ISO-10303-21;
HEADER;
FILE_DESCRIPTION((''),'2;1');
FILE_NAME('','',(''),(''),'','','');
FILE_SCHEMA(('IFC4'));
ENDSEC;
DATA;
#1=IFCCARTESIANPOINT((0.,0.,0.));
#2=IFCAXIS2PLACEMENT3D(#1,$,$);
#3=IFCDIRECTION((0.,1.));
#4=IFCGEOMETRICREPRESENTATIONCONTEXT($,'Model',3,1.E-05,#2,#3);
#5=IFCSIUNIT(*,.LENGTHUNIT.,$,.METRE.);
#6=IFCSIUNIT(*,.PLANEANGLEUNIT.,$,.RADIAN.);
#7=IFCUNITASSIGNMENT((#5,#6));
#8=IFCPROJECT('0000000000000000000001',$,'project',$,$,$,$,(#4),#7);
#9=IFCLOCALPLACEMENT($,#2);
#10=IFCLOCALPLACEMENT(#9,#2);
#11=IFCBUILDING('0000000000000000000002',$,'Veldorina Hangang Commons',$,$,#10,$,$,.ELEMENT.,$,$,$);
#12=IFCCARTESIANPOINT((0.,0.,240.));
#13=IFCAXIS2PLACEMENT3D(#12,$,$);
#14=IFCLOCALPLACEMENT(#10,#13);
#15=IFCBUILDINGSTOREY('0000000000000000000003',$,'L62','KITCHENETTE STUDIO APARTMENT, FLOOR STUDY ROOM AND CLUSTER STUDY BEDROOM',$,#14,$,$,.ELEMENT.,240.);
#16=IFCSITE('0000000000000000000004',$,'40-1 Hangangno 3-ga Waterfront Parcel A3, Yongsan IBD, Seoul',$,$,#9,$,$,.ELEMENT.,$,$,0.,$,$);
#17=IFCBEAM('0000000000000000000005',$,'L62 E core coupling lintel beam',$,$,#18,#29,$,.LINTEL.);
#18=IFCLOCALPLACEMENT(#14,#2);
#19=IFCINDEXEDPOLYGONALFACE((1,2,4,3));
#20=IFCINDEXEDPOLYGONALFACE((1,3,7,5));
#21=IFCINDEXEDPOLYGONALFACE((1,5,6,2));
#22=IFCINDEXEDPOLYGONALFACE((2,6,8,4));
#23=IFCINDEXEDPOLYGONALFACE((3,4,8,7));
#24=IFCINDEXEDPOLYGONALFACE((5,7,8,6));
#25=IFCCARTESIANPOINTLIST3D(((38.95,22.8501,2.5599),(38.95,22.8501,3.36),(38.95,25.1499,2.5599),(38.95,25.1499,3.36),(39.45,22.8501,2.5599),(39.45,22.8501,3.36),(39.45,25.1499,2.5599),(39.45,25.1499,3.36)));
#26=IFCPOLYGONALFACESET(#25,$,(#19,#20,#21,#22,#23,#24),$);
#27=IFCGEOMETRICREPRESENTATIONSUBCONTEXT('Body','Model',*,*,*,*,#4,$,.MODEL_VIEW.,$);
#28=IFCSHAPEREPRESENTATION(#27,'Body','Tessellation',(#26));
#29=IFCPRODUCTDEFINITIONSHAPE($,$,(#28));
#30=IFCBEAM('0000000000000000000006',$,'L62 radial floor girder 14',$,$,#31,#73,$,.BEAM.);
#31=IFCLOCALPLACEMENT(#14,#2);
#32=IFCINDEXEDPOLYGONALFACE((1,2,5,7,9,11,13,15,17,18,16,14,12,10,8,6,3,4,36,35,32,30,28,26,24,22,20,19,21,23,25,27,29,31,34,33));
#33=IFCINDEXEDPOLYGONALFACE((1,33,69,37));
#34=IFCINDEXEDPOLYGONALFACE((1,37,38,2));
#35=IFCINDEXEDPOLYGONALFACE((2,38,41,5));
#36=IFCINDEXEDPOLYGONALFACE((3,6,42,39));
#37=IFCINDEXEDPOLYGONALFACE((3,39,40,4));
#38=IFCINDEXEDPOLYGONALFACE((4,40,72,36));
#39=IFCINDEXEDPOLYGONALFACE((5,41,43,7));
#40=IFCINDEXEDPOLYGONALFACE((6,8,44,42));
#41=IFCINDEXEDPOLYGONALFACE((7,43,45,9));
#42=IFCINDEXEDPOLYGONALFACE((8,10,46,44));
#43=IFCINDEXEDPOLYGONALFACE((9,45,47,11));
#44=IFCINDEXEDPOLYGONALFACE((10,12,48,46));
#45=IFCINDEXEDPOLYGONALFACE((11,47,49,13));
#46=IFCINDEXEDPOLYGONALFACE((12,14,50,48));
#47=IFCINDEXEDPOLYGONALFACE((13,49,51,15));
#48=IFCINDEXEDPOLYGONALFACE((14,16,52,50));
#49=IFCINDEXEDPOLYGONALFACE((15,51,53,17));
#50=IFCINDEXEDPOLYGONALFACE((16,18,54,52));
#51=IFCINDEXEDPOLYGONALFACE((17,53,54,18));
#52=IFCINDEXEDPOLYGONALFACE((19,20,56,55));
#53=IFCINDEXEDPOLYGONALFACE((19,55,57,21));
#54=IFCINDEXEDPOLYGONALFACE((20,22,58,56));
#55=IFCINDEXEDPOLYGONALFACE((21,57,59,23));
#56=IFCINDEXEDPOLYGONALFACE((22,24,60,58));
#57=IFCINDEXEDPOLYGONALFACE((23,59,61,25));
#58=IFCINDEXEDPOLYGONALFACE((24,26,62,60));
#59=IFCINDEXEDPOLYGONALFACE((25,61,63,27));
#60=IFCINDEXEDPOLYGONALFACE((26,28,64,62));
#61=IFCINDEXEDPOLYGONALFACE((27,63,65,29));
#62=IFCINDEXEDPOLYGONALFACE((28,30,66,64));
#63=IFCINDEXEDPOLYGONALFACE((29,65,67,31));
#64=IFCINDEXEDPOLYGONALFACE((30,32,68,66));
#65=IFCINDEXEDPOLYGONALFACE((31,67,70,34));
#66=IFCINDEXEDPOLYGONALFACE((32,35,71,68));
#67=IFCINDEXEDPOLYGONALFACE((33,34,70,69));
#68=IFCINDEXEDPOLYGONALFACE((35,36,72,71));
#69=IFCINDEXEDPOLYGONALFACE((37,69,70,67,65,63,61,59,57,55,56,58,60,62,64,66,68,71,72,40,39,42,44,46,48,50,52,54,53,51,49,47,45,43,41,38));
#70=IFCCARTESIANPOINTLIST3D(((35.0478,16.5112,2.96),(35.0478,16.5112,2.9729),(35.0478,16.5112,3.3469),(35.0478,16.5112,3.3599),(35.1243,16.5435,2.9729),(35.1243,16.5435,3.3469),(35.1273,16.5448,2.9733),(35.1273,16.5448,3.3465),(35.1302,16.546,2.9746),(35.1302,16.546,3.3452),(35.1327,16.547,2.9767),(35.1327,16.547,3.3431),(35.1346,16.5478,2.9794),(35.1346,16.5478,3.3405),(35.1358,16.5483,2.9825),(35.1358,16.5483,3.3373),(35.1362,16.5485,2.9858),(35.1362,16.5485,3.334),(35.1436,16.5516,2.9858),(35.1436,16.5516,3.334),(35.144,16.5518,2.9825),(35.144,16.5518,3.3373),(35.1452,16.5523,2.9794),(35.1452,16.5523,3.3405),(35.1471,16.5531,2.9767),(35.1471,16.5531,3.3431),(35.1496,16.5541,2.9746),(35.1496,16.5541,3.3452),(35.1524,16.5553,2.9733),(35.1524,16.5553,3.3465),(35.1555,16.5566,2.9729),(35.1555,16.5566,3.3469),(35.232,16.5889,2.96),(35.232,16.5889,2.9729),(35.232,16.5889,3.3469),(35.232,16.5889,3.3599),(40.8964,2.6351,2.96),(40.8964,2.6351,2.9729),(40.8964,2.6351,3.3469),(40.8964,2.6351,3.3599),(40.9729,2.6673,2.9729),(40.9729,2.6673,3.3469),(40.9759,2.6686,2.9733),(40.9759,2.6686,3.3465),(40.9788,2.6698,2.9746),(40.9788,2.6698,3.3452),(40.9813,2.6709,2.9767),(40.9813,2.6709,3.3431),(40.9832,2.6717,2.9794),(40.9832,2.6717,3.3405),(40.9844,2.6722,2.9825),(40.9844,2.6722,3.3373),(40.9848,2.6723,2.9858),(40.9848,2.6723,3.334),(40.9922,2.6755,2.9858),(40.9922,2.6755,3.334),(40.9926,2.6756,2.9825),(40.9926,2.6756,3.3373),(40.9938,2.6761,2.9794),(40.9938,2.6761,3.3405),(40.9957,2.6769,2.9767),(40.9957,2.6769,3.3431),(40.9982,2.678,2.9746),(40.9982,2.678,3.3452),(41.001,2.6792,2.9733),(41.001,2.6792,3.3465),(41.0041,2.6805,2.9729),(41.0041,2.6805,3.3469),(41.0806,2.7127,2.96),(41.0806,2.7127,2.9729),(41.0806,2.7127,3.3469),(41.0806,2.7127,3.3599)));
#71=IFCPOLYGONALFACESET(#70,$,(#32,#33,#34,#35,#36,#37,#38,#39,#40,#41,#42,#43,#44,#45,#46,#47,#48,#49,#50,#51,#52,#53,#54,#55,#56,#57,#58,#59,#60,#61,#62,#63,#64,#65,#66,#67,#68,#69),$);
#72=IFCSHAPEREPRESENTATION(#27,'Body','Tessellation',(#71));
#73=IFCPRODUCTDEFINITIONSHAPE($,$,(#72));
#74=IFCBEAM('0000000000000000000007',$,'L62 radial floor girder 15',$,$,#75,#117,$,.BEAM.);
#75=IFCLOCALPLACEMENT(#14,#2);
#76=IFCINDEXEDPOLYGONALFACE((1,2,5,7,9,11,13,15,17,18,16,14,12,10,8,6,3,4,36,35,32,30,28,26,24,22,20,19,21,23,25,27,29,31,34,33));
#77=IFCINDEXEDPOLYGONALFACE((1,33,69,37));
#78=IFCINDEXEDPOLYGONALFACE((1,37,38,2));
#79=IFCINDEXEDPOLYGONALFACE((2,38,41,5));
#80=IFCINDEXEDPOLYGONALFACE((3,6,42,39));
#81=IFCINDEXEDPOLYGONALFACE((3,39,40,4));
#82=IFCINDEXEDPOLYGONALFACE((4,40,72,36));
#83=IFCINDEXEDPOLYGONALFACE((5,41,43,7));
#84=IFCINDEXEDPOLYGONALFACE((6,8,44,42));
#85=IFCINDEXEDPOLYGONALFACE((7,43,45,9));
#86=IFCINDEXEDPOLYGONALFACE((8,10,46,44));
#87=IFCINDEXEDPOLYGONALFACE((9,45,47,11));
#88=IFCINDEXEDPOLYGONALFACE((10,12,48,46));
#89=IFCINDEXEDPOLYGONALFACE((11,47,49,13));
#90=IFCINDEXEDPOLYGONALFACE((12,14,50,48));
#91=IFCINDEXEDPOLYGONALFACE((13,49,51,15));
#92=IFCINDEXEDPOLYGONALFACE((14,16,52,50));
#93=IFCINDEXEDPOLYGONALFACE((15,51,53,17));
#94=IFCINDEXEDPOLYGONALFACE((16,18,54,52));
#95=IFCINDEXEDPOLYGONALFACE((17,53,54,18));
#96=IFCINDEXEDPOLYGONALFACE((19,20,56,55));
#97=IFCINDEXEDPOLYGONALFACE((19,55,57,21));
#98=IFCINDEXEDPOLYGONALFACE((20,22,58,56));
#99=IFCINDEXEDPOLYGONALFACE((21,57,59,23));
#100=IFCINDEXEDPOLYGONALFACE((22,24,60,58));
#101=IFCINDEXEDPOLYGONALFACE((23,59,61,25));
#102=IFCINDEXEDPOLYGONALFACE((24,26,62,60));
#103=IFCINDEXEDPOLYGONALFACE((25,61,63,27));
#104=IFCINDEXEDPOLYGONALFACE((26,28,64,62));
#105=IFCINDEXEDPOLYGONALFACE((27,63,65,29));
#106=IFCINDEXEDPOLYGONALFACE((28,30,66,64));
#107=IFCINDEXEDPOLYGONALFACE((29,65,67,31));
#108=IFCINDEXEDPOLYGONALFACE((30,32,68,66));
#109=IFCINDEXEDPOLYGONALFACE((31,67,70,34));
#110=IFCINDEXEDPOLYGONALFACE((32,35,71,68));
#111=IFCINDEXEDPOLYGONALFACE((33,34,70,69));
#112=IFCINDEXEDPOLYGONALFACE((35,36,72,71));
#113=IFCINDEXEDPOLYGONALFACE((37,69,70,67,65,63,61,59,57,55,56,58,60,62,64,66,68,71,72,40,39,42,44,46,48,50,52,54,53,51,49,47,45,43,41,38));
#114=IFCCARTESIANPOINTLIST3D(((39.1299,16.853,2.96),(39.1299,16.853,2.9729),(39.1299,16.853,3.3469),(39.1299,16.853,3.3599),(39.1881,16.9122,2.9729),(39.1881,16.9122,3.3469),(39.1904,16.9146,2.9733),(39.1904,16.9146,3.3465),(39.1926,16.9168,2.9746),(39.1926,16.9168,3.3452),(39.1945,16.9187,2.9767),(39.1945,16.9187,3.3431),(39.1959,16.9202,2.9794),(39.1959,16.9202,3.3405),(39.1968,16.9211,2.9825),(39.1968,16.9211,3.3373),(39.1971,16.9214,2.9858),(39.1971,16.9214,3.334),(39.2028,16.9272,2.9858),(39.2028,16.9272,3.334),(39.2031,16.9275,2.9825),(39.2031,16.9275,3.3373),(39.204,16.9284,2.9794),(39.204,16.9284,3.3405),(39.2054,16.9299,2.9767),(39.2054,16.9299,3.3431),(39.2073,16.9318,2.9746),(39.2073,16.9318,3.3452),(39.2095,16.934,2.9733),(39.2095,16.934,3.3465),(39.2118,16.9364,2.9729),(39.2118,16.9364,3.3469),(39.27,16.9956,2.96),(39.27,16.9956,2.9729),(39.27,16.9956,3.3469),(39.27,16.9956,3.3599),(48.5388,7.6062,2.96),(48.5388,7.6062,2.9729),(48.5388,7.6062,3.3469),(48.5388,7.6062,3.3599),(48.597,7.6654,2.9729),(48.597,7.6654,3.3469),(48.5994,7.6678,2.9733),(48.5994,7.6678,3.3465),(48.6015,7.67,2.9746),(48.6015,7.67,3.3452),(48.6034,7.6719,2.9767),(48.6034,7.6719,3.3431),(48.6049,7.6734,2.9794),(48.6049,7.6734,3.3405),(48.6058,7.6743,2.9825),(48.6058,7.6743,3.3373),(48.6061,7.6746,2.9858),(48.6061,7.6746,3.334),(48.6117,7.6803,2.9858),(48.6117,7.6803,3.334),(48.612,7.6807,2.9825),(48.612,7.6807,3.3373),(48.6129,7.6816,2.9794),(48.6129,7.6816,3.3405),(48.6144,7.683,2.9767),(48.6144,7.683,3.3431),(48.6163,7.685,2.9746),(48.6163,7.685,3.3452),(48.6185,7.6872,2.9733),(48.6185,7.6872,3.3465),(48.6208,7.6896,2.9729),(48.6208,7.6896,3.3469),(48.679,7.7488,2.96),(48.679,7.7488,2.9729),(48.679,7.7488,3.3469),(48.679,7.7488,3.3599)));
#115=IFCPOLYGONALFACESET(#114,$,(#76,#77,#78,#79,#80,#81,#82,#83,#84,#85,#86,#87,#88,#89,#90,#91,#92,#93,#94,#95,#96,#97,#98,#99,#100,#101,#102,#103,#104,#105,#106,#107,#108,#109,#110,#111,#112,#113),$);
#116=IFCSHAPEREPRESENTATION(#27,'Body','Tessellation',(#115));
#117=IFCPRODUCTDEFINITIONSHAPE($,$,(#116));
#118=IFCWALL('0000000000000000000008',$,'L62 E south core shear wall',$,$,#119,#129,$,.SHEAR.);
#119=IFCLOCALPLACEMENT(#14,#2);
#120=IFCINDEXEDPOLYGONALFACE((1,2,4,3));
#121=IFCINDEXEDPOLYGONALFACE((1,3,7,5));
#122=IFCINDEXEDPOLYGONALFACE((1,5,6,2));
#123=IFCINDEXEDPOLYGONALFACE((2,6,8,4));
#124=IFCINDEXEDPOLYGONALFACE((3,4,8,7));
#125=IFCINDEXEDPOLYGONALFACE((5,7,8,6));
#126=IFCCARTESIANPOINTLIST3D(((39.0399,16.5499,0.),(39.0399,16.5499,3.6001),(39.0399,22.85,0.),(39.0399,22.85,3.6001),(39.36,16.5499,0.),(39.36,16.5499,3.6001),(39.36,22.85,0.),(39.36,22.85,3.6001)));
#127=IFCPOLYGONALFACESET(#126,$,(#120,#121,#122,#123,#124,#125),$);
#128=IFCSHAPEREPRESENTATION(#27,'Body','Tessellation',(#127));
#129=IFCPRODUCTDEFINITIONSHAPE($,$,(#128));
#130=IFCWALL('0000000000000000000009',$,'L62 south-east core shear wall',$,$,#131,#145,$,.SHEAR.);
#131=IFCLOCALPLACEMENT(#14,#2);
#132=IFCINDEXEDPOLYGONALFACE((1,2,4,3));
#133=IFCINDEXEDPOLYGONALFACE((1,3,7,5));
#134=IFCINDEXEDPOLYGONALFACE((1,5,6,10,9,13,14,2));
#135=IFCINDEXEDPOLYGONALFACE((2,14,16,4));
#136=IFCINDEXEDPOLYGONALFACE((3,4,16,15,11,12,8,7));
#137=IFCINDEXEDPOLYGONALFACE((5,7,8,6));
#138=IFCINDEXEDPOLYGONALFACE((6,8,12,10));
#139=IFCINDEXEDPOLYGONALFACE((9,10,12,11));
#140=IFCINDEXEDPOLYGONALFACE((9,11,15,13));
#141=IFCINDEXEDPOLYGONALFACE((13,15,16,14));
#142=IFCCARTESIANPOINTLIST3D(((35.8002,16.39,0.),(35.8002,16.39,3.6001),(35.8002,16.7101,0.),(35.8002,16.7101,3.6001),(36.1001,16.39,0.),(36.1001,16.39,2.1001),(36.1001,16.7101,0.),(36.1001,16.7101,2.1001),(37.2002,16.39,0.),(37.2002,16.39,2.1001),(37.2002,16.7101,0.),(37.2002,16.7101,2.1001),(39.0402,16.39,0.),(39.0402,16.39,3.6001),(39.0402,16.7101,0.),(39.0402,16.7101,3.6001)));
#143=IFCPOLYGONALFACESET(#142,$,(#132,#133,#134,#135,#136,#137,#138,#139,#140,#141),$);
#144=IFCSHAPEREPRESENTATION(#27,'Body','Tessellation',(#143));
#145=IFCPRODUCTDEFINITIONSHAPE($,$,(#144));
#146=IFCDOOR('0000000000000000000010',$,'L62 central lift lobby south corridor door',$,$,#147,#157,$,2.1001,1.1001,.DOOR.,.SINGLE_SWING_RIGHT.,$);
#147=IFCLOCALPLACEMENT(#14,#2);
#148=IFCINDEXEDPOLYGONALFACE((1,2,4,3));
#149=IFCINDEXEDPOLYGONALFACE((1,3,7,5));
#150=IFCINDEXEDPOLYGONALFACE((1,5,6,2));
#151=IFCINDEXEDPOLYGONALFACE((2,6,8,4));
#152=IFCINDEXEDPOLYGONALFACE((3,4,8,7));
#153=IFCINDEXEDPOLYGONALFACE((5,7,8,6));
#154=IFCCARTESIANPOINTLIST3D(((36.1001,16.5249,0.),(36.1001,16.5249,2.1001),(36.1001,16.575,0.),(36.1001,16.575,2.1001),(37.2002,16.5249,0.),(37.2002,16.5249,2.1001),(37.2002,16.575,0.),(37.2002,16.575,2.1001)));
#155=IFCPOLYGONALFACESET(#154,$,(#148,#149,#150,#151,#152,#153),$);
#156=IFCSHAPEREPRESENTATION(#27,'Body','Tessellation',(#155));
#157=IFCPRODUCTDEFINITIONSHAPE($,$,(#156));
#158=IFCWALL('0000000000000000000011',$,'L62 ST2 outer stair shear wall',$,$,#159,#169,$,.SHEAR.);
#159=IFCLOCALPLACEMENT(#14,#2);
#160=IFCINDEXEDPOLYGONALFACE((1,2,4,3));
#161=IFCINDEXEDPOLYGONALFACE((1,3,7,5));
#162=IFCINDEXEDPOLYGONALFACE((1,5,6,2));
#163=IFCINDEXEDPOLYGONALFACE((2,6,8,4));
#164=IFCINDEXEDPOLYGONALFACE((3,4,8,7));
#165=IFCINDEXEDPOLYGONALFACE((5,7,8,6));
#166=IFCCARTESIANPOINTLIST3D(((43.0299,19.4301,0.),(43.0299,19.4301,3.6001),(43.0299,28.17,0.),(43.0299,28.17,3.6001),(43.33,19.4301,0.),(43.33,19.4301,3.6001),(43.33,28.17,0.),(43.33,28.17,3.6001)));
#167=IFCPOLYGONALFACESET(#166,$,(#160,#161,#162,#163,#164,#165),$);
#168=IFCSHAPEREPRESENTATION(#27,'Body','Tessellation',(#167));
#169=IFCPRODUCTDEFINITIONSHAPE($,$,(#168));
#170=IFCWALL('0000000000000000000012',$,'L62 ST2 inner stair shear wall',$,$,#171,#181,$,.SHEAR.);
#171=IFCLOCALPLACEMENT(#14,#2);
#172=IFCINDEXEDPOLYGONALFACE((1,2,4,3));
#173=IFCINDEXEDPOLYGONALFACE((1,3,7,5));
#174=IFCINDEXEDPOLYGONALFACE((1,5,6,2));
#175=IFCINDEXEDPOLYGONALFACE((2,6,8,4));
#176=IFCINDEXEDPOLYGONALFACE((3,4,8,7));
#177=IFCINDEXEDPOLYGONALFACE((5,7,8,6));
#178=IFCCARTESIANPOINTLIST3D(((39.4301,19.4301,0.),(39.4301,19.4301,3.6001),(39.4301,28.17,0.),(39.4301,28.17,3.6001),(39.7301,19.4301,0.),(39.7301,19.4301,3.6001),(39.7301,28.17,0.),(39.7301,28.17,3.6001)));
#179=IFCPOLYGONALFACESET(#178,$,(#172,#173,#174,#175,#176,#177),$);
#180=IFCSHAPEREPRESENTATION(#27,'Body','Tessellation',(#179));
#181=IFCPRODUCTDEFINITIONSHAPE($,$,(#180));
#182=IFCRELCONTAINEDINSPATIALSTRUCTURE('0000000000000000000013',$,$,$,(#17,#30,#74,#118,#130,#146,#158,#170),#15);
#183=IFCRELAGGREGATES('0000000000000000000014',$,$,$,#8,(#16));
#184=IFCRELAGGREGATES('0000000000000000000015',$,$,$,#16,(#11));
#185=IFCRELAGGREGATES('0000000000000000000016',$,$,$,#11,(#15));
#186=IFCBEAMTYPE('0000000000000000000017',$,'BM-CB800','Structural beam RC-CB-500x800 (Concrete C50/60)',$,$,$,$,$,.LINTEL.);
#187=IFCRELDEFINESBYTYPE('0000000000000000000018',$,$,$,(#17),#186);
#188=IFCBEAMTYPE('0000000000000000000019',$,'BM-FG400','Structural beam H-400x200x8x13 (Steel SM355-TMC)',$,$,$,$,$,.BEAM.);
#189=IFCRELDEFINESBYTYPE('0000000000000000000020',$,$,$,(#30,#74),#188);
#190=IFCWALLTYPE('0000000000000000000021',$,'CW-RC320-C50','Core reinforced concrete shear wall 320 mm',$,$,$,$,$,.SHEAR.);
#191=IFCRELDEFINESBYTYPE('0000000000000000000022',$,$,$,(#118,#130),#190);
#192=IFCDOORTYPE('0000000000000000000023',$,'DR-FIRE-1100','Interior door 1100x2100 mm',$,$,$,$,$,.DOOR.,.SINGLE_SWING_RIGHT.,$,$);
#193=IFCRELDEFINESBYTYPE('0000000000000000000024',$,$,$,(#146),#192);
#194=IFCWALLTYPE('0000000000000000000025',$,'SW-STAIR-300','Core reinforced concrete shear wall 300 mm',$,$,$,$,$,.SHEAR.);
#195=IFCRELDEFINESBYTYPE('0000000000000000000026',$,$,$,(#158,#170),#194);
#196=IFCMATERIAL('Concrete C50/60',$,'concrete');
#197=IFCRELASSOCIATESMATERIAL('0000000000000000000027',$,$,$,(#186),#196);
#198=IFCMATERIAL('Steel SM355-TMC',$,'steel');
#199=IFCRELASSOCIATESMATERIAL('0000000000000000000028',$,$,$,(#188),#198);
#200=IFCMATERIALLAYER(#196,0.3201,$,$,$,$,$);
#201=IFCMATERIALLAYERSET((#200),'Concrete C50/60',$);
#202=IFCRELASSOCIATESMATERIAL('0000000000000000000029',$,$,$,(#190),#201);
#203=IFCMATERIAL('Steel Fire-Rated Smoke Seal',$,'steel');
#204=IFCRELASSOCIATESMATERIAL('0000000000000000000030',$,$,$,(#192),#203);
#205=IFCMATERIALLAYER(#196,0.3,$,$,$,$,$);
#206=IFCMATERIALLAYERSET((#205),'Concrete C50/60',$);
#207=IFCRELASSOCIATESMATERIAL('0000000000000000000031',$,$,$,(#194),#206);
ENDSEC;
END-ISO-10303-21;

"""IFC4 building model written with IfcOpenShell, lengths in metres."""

from ifc_helpers import new_model, si_unit, direction, frame, frame_2d, origin, origin_2d, place, context, subcontext, project, spatial, rectangle, i_section, extrude, material, layer, layer_set, material_profile, profile_set, type_object, element, fill, save


model = new_model("IFC4")

# Units and contexts
model_context = context("Model", 3, precision=1e-05, world=origin(), true_north=direction((0.0, 1.0)))
body_context = subcontext(model_context, "Body", "Model", "MODEL_VIEW")
ifc_project = project(units=[si_unit("LENGTHUNIT", "METRE"), si_unit("PLANEANGLEUNIT", "RADIAN")], contexts=[model_context])

# Site, building, storey
site_placement = place(None, origin())
site = spatial("IfcSite", under=ifc_project, at=site_placement, Name="40-1 Hangangno 3-ga Waterfront Parcel A3, Yongsan IBD, Seoul", CompositionType="ELEMENT", RefElevation=0.0)
building_placement = place(site_placement, origin())
building = spatial("IfcBuilding", under=site, at=building_placement, Name="Veldorina Hangang Commons", CompositionType="ELEMENT")
storey_placement = place(building_placement, frame((0.0, 0.0, 240.0)))
storey = spatial("IfcBuildingStorey", under=building, at=storey_placement, Name="L62", Description="KITCHENETTE STUDIO APARTMENT, FLOOR STUDY ROOM AND CLUSTER STUDY BEDROOM", CompositionType="ELEMENT", Elevation=240.0)

# Beams
ifc_material_1 = material(Name="Concrete C50/60", Category="concrete")
ifc_material_profile_1 = material_profile(ifc_material_1, rectangle(XDim=0.5, YDim=0.8, at=origin_2d()), Name="RC-CB-500x800")
ifc_profile_set_1 = profile_set([ifc_material_profile_1], Name="Concrete C50/60")
beam_type_1 = type_object("IfcBeamType", Name="BM-CB800", Description="Structural beam RC-CB-500x800 (Concrete C50/60)", PredefinedType="LINTEL", material=ifc_profile_set_1)
beam_1_placement = place(storey_placement, frame((39.2, 22.8501, 2.96), z_axis=(0.0, 1.0, 0.0), x_axis=(-1.0, 0.0, 0.0)))
element("IfcBeam", 1, at=beam_1_placement, inside=storey, type_object=beam_type_1, Name="L62 E core coupling lintel beam", PredefinedType="LINTEL", context=body_context, shape_type="SweptSolid", body=[
    extrude(rectangle(XDim=0.5, YDim=0.8, at=origin_2d()), origin(), (0.0, 0.0, 1.0), 2.2998),
])
ifc_material_2 = material(Name="Steel SM355-TMC", Category="steel")
ifc_material_profile_2 = material_profile(ifc_material_2, i_section(OverallWidth=0.2, OverallDepth=0.3999, WebThickness=0.0081, FlangeThickness=0.0129, FilletRadius=0.0129, at=origin_2d()), Name="H-400x200x8x13")
ifc_profile_set_2 = profile_set([ifc_material_profile_2], Name="Steel SM355-TMC")
beam_type_2 = type_object("IfcBeamType", Name="BM-FG400", Description="Structural beam H-400x200x8x13 (Steel SM355-TMC)", PredefinedType="BEAM", material=ifc_profile_set_2)
beam_2_placement = place(storey_placement, frame((35.1399, 16.55, 3.1599), z_axis=(0.388396, -0.921492, 0.0), x_axis=(0.921492, 0.388396, 0.0)))
element("IfcBeam", 2, at=beam_2_placement, inside=storey, type_object=beam_type_2, Name="L62 radial floor girder 14", PredefinedType="BEAM", context=body_context, shape_type="SweptSolid", body=[
    extrude(i_section(OverallWidth=0.2, OverallDepth=0.3999, WebThickness=0.0081, FlangeThickness=0.0129, FilletRadius=0.0129, at=origin_2d()), origin(), (0.0, 0.0, 1.0), 15.0583),
])
beam_3_placement = place(storey_placement, frame((39.2, 16.9243, 3.1599), z_axis=(0.713224, -0.700936, 0.0), x_axis=(0.700936, 0.713224, 0.0)))
element("IfcBeam", 3, at=beam_3_placement, inside=storey, type_object=beam_type_2, Name="L62 radial floor girder 15", PredefinedType="BEAM", context=body_context, shape_type="SweptSolid", body=[
    extrude(i_section(OverallWidth=0.2, OverallDepth=0.3999, WebThickness=0.0081, FlangeThickness=0.0129, FilletRadius=0.0129, at=origin_2d()), origin(), (0.0, 0.0, 1.0), 13.1921),
])

# Wall
ifc_layer_1 = layer(ifc_material_1, 0.3201)
ifc_layer_set_1 = layer_set([ifc_layer_1], Name="Concrete C50/60")
wall_type_1 = type_object("IfcWallType", Name="CW-RC320-C50", Description="Core reinforced concrete shear wall 320 mm", PredefinedType="SHEAR", material=ifc_layer_set_1)
wall_1_placement = place(storey_placement, frame((39.2, 16.55, 0.0), z_axis=(0.0, 0.0, 1.0), x_axis=(0.0, 1.0, 0.0)))
element("IfcWall", 4, at=wall_1_placement, inside=storey, type_object=wall_type_1, Name="L62 E south core shear wall", PredefinedType="SHEAR", context=body_context, shape_type="SweptSolid", body=[
    extrude(rectangle(XDim=6.3, YDim=0.3201, at=frame_2d((3.1499, 0.0))), origin(), (0.0, 0.0, 1.0), 3.6001),
])

# Wall, opening, door
wall_2_placement = place(storey_placement, frame((35.8, 16.55, 0.0), z_axis=(0.0, 0.0, 1.0), x_axis=(1.0, 0.0, 0.0)))
wall_2 = element("IfcWall", 5, at=wall_2_placement, inside=storey, type_object=wall_type_1, Name="L62 south-east core shear wall", PredefinedType="SHEAR", context=body_context, shape_type="SweptSolid", body=[
    extrude(rectangle(XDim=3.24, YDim=0.3201, at=frame_2d((1.6201, 0.0))), origin(), (0.0, 0.0, 1.0), 3.6001),
])
opening_1_placement = place(wall_2_placement, frame((0.3, 0.0, 0.0)))
opening_1 = element("IfcOpeningElement", 6, at=opening_1_placement, cuts=wall_2, PredefinedType="OPENING", context=body_context, shape_type="SweptSolid", body=[
    extrude(rectangle(XDim=1.1001, YDim=2.1001, at=frame_2d((0.55, 1.05))), frame((0.0, 0.1699, 0.0), z_axis=(0.0, -1.0, 0.0), x_axis=(1.0, 0.0, 0.0)), (0.0, 0.0, 1.0), 0.3401),
])
ifc_material_3 = material(Name="Steel Fire-Rated Smoke Seal", Category="steel")
door_type_1 = type_object("IfcDoorType", Name="DR-FIRE-1100", Description="Interior door 1100x2100 mm", OperationType="SINGLE_SWING_RIGHT", PredefinedType="DOOR", material=ifc_material_3)
door_1_placement = place(opening_1_placement, origin())
door_1 = element("IfcDoor", 7, at=door_1_placement, inside=storey, type_object=door_type_1, Name="L62 central lift lobby south corridor door", OperationType="SINGLE_SWING_RIGHT", OverallHeight=2.1001, OverallWidth=1.1001, PredefinedType="DOOR", context=body_context, shape_type="SweptSolid", body=[
    extrude(rectangle(XDim=1.1001, YDim=2.1001, at=frame_2d((0.55, 1.05))), frame((0.0, 0.0249, 0.0), z_axis=(0.0, -1.0, 0.0), x_axis=(1.0, 0.0, 0.0)), (0.0, 0.0, 1.0), 0.05),
])
fill(opening_1, door_1)

# Walls
ifc_layer_2 = layer(ifc_material_1, 0.3)
ifc_layer_set_2 = layer_set([ifc_layer_2], Name="Concrete C50/60")
wall_type_2 = type_object("IfcWallType", Name="SW-STAIR-300", Description="Core reinforced concrete shear wall 300 mm", PredefinedType="SHEAR", material=ifc_layer_set_2)
for number, where, z_axis, x_axis, name in (
    (8, (43.1799, 19.4299, 0.0), (0.0, 0.0, 1.0), (0.0, 1.0, 0.0), "L62 ST2 outer stair shear wall"),
    (9, (39.5801, 19.4299, 0.0), (0.0, 0.0, 1.0), (0.0, 1.0, 0.0), "L62 ST2 inner stair shear wall"),
):
    element("IfcWall", number, at=place(storey_placement, frame(where, z_axis=z_axis, x_axis=x_axis)), inside=storey, type_object=wall_type_2, Name=name, PredefinedType="SHEAR", context=body_context, shape_type="SweptSolid", body=[
        extrude(rectangle(XDim=8.74, YDim=0.3, at=frame_2d((4.3701, 0.0))), origin(), (0.0, 0.0, 1.0), 3.6001),
    ])

save(model, "model.ifc")
